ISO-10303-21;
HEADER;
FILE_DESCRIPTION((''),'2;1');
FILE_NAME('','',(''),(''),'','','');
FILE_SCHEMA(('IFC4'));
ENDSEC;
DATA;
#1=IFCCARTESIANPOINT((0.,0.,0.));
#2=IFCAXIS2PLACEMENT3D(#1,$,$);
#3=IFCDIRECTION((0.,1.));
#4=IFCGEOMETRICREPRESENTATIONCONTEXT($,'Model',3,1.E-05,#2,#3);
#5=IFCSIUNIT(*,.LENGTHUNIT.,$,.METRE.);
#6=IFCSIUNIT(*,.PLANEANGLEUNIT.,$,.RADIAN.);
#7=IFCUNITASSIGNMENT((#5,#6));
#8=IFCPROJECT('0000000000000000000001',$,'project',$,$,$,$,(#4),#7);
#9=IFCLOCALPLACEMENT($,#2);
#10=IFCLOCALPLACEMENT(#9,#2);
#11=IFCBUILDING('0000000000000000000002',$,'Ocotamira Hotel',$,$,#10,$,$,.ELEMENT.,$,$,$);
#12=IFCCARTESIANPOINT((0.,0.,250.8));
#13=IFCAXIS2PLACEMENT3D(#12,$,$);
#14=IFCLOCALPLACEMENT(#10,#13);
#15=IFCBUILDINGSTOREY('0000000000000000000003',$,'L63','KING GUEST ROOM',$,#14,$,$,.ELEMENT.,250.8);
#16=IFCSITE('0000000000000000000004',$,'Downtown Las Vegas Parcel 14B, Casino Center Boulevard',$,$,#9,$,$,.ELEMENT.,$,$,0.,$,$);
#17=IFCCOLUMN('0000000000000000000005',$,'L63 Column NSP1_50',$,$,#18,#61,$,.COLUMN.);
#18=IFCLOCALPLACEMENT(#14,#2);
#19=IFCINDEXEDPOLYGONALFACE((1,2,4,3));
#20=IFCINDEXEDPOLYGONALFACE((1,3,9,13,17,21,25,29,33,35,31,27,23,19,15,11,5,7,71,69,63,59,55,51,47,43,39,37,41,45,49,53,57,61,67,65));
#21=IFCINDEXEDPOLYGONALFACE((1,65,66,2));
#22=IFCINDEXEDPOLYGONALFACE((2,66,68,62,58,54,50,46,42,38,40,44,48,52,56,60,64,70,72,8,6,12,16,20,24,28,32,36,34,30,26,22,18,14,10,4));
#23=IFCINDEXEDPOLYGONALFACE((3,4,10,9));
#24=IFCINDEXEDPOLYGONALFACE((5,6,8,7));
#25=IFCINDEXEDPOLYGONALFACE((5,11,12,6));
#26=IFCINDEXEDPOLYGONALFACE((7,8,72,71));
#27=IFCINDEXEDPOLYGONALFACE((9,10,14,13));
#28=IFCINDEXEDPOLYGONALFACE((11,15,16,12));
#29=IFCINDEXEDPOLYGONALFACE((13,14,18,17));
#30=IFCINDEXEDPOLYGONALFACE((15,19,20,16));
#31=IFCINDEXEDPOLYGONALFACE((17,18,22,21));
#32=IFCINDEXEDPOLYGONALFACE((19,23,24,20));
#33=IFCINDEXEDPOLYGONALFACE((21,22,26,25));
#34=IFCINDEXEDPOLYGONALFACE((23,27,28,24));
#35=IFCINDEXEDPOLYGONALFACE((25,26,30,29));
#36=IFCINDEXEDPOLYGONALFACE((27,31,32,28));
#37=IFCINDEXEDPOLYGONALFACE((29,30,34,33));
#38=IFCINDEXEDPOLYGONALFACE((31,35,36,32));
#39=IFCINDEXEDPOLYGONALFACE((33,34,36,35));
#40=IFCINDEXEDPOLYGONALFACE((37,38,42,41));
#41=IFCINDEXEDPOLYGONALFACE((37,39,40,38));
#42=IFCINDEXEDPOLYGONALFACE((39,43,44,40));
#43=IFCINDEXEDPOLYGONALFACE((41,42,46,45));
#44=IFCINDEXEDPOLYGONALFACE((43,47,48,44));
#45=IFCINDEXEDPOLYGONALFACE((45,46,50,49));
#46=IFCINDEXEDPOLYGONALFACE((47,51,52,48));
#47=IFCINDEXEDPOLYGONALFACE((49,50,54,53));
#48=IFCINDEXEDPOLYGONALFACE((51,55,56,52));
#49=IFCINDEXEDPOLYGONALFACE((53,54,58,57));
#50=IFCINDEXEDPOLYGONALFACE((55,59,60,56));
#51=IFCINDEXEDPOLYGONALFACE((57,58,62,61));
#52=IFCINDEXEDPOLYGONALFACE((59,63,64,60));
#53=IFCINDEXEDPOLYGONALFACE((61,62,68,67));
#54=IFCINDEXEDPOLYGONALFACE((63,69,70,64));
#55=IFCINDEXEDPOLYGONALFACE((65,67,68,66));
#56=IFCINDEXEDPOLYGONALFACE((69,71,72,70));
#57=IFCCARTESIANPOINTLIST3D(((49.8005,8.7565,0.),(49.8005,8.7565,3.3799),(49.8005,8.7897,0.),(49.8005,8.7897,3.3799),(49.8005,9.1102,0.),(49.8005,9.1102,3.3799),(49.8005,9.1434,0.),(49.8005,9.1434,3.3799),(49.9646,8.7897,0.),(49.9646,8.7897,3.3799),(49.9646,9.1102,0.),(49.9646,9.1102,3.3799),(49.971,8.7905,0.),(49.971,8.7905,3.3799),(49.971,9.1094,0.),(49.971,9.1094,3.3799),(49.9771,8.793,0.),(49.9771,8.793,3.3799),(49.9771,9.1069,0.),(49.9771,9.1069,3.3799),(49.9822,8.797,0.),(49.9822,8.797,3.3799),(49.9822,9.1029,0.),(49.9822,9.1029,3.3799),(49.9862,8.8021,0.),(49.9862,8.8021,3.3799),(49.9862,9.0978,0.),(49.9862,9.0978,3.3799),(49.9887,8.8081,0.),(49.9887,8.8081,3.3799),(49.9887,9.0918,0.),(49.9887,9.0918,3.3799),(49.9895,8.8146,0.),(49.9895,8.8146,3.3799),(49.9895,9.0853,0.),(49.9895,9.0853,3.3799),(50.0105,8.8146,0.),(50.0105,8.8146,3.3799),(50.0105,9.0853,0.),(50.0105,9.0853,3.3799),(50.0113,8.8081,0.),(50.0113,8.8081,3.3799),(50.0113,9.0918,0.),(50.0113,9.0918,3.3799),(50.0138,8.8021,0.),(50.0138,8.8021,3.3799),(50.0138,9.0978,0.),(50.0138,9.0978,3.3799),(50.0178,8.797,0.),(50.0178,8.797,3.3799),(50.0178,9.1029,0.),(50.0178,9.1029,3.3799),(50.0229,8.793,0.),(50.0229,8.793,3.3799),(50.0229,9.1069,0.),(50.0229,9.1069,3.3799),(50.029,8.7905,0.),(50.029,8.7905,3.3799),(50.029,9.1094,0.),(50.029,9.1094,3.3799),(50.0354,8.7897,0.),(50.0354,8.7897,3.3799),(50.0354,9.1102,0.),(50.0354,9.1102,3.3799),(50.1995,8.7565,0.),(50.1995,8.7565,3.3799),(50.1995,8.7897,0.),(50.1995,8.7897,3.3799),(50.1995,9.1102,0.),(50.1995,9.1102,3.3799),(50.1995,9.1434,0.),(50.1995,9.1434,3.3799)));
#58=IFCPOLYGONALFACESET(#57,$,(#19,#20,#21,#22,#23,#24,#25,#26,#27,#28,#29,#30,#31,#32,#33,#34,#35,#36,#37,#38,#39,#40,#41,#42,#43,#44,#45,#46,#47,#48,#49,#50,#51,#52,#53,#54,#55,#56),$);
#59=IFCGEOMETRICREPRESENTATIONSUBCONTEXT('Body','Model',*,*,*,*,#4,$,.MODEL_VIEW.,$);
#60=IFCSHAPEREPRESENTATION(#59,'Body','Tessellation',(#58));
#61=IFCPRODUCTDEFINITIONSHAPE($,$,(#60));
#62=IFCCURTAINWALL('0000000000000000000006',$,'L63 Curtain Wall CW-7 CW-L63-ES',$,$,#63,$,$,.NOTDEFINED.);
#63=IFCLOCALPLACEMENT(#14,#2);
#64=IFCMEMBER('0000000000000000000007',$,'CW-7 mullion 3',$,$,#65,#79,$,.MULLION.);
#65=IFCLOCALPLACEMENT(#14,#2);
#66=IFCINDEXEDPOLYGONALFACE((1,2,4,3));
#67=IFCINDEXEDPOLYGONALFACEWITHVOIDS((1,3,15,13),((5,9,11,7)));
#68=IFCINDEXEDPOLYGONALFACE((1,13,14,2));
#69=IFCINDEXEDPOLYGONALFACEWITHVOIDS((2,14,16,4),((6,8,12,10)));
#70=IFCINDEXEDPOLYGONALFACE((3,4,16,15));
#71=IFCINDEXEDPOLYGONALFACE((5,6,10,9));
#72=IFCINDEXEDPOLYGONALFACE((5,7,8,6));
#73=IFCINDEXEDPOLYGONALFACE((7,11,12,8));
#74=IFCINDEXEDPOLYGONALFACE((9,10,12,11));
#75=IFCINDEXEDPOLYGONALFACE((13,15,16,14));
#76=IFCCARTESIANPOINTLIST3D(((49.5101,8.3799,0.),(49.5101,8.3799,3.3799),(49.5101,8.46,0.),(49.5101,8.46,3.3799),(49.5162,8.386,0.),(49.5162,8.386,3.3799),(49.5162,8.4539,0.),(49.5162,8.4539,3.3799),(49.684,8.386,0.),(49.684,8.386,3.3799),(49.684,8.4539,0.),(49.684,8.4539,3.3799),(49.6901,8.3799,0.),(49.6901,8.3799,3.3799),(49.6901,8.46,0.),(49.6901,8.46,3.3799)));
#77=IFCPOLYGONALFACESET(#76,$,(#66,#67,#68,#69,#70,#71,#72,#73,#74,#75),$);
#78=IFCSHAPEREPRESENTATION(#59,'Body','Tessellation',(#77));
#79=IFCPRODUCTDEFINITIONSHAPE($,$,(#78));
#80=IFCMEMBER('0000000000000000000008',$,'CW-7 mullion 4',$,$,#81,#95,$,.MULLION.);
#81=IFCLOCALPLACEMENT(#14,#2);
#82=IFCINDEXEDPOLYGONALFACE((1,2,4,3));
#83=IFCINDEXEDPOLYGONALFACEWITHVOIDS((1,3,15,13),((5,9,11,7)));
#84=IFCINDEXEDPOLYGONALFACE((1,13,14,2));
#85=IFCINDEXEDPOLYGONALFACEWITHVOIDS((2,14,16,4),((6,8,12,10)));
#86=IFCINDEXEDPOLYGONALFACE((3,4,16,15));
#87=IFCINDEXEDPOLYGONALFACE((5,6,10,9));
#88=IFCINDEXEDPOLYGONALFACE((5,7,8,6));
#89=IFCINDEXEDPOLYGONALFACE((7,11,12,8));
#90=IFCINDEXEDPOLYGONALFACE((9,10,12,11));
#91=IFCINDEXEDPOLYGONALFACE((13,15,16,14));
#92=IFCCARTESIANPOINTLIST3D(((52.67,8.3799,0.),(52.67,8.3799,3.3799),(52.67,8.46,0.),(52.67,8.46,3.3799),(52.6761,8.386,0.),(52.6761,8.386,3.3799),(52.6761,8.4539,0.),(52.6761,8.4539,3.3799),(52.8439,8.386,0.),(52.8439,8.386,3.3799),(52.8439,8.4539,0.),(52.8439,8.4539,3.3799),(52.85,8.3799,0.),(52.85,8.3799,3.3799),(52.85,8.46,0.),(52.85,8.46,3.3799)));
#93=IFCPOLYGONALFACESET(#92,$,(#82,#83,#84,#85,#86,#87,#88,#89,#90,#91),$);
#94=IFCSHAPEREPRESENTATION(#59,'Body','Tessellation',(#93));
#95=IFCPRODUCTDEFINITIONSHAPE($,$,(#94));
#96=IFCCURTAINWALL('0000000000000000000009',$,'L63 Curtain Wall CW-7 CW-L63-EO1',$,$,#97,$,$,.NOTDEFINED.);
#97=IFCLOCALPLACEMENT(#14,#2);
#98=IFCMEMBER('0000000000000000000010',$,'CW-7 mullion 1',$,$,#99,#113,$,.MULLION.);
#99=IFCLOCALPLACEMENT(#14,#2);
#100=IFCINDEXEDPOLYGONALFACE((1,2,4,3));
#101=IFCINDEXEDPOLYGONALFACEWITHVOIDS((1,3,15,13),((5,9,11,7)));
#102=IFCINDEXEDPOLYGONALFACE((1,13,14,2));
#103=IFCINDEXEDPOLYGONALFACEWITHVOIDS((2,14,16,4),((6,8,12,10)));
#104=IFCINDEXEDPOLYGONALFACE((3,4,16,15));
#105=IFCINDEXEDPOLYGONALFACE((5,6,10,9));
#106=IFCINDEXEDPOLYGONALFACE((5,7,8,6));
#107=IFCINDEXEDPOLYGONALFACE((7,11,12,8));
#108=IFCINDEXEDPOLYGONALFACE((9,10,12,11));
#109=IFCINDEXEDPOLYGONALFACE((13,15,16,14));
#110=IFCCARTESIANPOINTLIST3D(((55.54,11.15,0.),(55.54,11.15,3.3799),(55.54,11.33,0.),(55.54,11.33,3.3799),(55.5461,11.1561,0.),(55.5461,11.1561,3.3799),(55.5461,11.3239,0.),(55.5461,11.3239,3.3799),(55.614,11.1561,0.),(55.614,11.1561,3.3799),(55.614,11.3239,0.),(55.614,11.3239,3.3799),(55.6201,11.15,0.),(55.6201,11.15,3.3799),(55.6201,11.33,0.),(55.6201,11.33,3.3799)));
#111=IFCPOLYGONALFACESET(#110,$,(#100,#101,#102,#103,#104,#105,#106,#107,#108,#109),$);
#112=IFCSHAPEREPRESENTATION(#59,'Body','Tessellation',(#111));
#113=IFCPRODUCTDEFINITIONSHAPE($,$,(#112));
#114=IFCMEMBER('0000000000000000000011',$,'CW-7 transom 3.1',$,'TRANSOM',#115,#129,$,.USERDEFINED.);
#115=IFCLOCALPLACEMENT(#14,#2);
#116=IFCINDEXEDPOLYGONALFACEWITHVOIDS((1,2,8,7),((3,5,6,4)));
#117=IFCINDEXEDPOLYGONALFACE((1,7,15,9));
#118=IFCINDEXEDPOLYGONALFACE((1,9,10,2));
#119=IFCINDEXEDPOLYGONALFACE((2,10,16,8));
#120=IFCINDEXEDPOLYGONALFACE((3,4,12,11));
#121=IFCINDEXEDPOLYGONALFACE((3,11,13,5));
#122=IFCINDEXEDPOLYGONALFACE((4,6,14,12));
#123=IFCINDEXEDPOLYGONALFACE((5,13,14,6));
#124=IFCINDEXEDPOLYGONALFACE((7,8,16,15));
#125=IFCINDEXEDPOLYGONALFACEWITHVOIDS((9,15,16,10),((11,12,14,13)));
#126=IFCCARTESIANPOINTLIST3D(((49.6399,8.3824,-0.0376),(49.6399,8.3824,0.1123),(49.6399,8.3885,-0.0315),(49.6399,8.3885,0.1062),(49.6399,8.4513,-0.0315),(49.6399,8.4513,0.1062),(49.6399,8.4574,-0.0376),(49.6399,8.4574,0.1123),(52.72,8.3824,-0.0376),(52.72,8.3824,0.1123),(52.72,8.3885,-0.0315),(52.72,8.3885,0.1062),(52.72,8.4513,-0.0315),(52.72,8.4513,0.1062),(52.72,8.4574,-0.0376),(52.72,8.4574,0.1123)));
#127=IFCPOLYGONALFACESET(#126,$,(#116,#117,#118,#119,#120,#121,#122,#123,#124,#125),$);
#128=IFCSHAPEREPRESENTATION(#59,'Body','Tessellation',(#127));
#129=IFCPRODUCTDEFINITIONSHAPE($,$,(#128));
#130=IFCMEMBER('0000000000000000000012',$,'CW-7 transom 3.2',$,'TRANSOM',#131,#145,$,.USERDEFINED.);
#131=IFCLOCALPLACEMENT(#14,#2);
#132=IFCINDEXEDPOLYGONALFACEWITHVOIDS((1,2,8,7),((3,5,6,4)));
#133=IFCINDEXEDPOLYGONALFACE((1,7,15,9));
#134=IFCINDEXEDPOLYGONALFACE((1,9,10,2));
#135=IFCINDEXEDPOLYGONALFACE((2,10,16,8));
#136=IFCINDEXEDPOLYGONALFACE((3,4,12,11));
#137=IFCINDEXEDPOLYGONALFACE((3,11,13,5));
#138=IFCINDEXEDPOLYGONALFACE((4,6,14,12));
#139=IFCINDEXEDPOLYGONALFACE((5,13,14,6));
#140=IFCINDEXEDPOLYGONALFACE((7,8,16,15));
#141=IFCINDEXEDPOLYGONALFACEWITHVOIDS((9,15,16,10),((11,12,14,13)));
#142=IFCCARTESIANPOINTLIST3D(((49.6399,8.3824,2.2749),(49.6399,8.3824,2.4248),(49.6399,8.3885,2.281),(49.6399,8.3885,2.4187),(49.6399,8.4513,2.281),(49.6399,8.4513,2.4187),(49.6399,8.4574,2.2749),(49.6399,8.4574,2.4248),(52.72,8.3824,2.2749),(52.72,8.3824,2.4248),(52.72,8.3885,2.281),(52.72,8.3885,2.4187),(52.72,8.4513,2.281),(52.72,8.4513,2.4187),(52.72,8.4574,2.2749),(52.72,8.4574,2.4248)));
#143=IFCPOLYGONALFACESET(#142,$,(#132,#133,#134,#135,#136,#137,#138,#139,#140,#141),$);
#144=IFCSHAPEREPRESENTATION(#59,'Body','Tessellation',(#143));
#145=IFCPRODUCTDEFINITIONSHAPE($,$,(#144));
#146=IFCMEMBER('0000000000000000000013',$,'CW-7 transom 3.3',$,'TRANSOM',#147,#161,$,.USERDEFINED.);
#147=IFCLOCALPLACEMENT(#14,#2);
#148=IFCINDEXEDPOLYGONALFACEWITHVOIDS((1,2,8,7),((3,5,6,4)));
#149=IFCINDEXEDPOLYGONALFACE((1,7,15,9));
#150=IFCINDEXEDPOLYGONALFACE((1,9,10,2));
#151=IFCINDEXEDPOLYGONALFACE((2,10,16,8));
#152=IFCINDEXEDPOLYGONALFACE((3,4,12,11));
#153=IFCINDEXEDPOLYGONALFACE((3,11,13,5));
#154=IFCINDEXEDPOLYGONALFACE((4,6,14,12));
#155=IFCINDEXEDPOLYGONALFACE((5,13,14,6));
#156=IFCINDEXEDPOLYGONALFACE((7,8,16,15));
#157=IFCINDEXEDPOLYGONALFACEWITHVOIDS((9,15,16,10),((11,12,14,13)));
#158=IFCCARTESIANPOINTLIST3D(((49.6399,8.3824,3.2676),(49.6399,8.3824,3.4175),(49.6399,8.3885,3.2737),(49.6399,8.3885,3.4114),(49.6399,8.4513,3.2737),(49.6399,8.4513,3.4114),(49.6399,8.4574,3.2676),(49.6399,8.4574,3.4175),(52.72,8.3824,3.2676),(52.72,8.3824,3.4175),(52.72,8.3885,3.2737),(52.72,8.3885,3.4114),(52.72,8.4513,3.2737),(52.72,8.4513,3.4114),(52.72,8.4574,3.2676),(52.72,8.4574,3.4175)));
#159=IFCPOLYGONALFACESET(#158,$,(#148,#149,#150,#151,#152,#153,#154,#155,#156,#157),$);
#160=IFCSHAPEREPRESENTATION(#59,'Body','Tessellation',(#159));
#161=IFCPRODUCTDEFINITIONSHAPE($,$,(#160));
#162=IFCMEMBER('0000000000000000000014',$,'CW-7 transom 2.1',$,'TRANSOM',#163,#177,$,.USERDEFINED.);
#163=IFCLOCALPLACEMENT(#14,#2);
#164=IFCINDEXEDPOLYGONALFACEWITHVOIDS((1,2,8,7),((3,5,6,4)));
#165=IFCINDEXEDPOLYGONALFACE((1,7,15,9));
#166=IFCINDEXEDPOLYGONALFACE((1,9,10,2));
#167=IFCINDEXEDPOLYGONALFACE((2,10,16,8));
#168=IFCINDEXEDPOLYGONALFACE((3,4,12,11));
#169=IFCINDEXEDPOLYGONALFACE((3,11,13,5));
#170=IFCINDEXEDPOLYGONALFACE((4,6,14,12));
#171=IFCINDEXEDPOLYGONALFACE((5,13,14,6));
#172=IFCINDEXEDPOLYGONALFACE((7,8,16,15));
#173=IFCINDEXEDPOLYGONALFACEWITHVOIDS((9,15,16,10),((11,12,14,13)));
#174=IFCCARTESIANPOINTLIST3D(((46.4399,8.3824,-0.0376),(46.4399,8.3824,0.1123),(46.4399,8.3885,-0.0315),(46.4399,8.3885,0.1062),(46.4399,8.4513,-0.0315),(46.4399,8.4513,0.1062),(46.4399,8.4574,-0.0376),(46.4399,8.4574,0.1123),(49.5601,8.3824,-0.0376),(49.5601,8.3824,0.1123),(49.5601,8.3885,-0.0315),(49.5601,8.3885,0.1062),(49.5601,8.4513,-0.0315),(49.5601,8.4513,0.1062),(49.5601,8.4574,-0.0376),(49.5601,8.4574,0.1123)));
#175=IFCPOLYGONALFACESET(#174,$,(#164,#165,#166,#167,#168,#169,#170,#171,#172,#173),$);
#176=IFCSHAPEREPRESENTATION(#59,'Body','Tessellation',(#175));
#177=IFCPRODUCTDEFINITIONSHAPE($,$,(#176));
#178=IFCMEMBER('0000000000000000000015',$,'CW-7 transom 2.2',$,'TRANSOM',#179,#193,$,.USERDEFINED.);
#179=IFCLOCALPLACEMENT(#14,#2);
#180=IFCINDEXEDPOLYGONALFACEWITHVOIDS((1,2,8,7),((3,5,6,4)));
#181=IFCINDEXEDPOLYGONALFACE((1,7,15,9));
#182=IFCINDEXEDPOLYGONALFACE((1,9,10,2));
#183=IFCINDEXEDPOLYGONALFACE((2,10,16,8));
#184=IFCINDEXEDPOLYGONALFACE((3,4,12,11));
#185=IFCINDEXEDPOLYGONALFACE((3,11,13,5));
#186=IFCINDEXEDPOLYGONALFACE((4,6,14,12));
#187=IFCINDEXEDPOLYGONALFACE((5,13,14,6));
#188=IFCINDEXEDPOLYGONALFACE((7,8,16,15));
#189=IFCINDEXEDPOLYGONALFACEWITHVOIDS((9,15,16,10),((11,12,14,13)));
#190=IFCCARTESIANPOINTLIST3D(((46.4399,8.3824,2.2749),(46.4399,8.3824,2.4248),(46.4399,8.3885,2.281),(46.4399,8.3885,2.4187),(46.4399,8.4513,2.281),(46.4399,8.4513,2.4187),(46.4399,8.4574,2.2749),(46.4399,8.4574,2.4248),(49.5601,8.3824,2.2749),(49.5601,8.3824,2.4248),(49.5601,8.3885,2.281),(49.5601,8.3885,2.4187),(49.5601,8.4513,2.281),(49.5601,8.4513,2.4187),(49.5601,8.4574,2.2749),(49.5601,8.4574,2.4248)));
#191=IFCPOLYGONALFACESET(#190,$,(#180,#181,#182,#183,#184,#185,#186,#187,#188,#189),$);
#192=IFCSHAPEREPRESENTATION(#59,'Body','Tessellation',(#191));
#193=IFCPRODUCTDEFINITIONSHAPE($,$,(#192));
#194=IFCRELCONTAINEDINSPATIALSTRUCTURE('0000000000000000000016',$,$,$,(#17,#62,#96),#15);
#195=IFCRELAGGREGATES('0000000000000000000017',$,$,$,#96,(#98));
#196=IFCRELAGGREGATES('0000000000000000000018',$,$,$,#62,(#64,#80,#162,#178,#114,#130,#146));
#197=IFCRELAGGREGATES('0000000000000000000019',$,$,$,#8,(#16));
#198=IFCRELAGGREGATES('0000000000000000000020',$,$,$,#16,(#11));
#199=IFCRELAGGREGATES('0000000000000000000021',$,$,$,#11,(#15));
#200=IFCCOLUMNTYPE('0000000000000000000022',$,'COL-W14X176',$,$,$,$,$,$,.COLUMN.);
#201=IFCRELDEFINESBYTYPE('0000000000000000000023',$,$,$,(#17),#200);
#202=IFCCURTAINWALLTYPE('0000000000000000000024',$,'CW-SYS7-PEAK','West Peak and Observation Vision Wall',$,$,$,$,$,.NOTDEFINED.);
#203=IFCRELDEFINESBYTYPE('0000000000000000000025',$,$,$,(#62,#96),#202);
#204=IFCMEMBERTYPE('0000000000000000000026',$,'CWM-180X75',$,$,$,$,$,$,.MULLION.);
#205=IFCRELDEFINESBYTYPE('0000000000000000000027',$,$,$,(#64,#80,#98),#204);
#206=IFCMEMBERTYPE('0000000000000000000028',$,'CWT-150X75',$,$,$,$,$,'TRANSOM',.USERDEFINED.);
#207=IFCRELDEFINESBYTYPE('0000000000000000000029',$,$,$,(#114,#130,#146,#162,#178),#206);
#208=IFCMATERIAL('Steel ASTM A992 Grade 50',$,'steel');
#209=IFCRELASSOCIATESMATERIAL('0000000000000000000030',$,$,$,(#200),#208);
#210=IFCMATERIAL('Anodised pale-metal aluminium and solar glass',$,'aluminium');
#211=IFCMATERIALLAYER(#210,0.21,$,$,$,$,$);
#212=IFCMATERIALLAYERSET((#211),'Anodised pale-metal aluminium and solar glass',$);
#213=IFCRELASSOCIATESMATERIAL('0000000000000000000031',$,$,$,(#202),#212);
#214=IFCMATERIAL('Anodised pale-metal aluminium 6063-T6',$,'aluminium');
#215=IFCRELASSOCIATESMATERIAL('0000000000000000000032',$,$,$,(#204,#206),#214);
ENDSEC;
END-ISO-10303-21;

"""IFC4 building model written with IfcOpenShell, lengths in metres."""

from ifc_helpers import new_model, si_unit, direction, frame, origin, origin_2d, place, context, subcontext, project, spatial, hollow_rectangle, i_section, extrude, source, transform, mapped, material, layer, layer_set, material_profile, profile_set, type_object, element, aggregate, save


model = new_model("IFC4")

# Units and contexts
model_context = context("Model", 3, precision=1e-05, world=origin(), true_north=direction((0.0, 1.0)))
body_context = subcontext(model_context, "Body", "Model", "MODEL_VIEW")
ifc_project = project(units=[si_unit("LENGTHUNIT", "METRE"), si_unit("PLANEANGLEUNIT", "RADIAN")], contexts=[model_context])

# Site, building, storey
site_placement = place(None, origin())
site = spatial("IfcSite", under=ifc_project, at=site_placement, Name="Downtown Las Vegas Parcel 14B, Casino Center Boulevard", CompositionType="ELEMENT", RefElevation=0.0)
building_placement = place(site_placement, origin())
building = spatial("IfcBuilding", under=site, at=building_placement, Name="Ocotamira Hotel", CompositionType="ELEMENT")
storey_placement = place(building_placement, frame((0.0, 0.0, 250.8)))
storey = spatial("IfcBuildingStorey", under=building, at=storey_placement, Name="L63", Description="KING GUEST ROOM", CompositionType="ELEMENT", Elevation=250.8)

# Column
ifc_material_1 = material(Name="Steel ASTM A992 Grade 50", Category="steel")
ifc_material_profile_1 = material_profile(ifc_material_1, i_section(OverallWidth=0.3989, OverallDepth=0.387, WebThickness=0.021, FlangeThickness=0.0332, FilletRadius=0.0249, at=origin_2d()), Name="W14X176")
ifc_profile_set_1 = profile_set([ifc_material_profile_1], Name="Steel ASTM A992 Grade 50")
column_type = type_object("IfcColumnType", Name="COL-W14X176", PredefinedType="COLUMN", material=ifc_profile_set_1)
shared_shape_1 = source(origin(), body_context, "Body", "SweptSolid", [
    extrude(i_section(OverallWidth=0.3989, OverallDepth=0.387, WebThickness=0.021, FlangeThickness=0.0332, FilletRadius=0.0249, at=origin_2d()), origin(), (0.0, 0.0, 1.0), 3.3799),
])
column_placement = place(storey_placement, frame((50.0, 8.95, 0.0), z_axis=(0.0, 0.0, 1.0), x_axis=(1.0, 0.0, 0.0)))
element("IfcColumn", 1, at=column_placement, inside=storey, type_object=column_type, Name="L63 Column NSP1_50", PredefinedType="COLUMN", context=body_context, shape_type="MappedRepresentation", body=[
    mapped(shared_shape_1, transform((0.0, 0.0, 0.0), scale=1.0)),
])

# Curtain wall, members
ifc_material_2 = material(Name="Anodised pale-metal aluminium and solar glass", Category="aluminium")
ifc_layer_1 = layer(ifc_material_2, 0.21)
ifc_layer_set_1 = layer_set([ifc_layer_1], Name="Anodised pale-metal aluminium and solar glass")
curtain_wall_type = type_object("IfcCurtainWallType", Name="CW-SYS7-PEAK", Description="West Peak and Observation Vision Wall", PredefinedType="NOTDEFINED", material=ifc_layer_set_1)
curtain_wall_1_placement = place(storey_placement, origin())
curtain_wall_1 = element("IfcCurtainWall", 2, at=curtain_wall_1_placement, inside=storey, type_object=curtain_wall_type, Name="L63 Curtain Wall CW-7 CW-L63-ES", PredefinedType="NOTDEFINED")
ifc_material_3 = material(Name="Anodised pale-metal aluminium 6063-T6", Category="aluminium")
ifc_material_profile_2 = material_profile(ifc_material_3, hollow_rectangle(XDim=0.0801, YDim=0.1799, WallThickness=0.0061, at=origin_2d()), Name="HSS180X80X6")
ifc_profile_set_2 = profile_set([ifc_material_profile_2], Name="Anodised pale-metal aluminium 6063-T6")
member_type_1 = type_object("IfcMemberType", Name="CWM-180X75", PredefinedType="MULLION", material=ifc_profile_set_2)
shared_shape_2 = source(origin(), body_context, "Body", "SweptSolid", [
    extrude(hollow_rectangle(XDim=0.0801, YDim=0.1799, WallThickness=0.0061, at=origin_2d()), origin(), (0.0, 0.0, 1.0), 3.3799),
])
member_1_placement = place(storey_placement, frame((49.6001, 8.4199, 0.0), z_axis=(0.0, 0.0, 1.0), x_axis=(0.0, 1.0, 0.0)))
member_1 = element("IfcMember", 3, at=member_1_placement, type_object=member_type_1, Name="CW-7 mullion 3", PredefinedType="MULLION", context=body_context, shape_type="MappedRepresentation", body=[
    mapped(shared_shape_2, transform((0.0, 0.0, 0.0), scale=1.0)),
])
member_2_placement = place(storey_placement, frame((52.76, 8.4199, 0.0), z_axis=(0.0, 0.0, 1.0), x_axis=(0.0, 1.0, 0.0)))
member_2 = element("IfcMember", 4, at=member_2_placement, type_object=member_type_1, Name="CW-7 mullion 4", PredefinedType="MULLION", context=body_context, shape_type="MappedRepresentation", body=[
    mapped(shared_shape_2, transform((0.0, 0.0, 0.0), scale=1.0)),
])

# Curtain wall, member
curtain_wall_2_placement = place(storey_placement, origin())
curtain_wall_2 = element("IfcCurtainWall", 5, at=curtain_wall_2_placement, inside=storey, type_object=curtain_wall_type, Name="L63 Curtain Wall CW-7 CW-L63-EO1", PredefinedType="NOTDEFINED")
member_3_placement = place(storey_placement, frame((55.5801, 11.24, 0.0), z_axis=(0.0, 0.0, 1.0), x_axis=(-1.0, 0.0, 0.0)))
member_3 = element("IfcMember", 6, at=member_3_placement, type_object=member_type_1, Name="CW-7 mullion 1", PredefinedType="MULLION", context=body_context, shape_type="MappedRepresentation", body=[
    mapped(shared_shape_2, transform((0.0, 0.0, 0.0), scale=1.0)),
])

# Members
ifc_material_profile_3 = material_profile(ifc_material_3, hollow_rectangle(XDim=0.075, YDim=0.1499, WallThickness=0.0061, at=origin_2d()), Name="HSS150X75X6")
ifc_profile_set_3 = profile_set([ifc_material_profile_3], Name="Anodised pale-metal aluminium 6063-T6")
member_type_2 = type_object("IfcMemberType", Name="CWT-150X75", ElementType="TRANSOM", PredefinedType="USERDEFINED", material=ifc_profile_set_3)
shared_shape_3 = source(origin(), body_context, "Body", "SweptSolid", [
    extrude(hollow_rectangle(XDim=0.075, YDim=0.1499, WallThickness=0.0061, at=origin_2d()), origin(), (0.0, 0.0, 1.0), 3.0801),
])
member_4_placement = place(storey_placement, frame((49.6399, 8.4199, 0.0374), z_axis=(1.0, 0.0, 0.0), x_axis=(0.0, 1.0, 0.0)))
member_4 = element("IfcMember", 7, at=member_4_placement, type_object=member_type_2, Name="CW-7 transom 3.1", ObjectType="TRANSOM", PredefinedType="USERDEFINED", context=body_context, shape_type="MappedRepresentation", body=[
    mapped(shared_shape_3, transform((0.0, 0.0, 0.0), scale=1.0)),
])
member_5_placement = place(storey_placement, frame((49.6399, 8.4199, 2.3499), z_axis=(1.0, 0.0, 0.0), x_axis=(0.0, 1.0, 0.0)))
member_5 = element("IfcMember", 8, at=member_5_placement, type_object=member_type_2, Name="CW-7 transom 3.2", ObjectType="TRANSOM", PredefinedType="USERDEFINED", context=body_context, shape_type="MappedRepresentation", body=[
    mapped(shared_shape_3, transform((0.0, 0.0, 0.0), scale=1.0)),
])
member_6_placement = place(storey_placement, frame((49.6399, 8.4199, 3.3425), z_axis=(1.0, 0.0, 0.0), x_axis=(0.0, 1.0, 0.0)))
member_6 = element("IfcMember", 9, at=member_6_placement, type_object=member_type_2, Name="CW-7 transom 3.3", ObjectType="TRANSOM", PredefinedType="USERDEFINED", context=body_context, shape_type="MappedRepresentation", body=[
    mapped(shared_shape_3, transform((0.0, 0.0, 0.0), scale=1.0)),
])
shared_shape_4 = source(origin(), body_context, "Body", "SweptSolid", [
    extrude(hollow_rectangle(XDim=0.075, YDim=0.1499, WallThickness=0.0061, at=origin_2d()), origin(), (0.0, 0.0, 1.0), 3.1201),
])
member_7_placement = place(storey_placement, frame((46.4399, 8.4199, 0.0374), z_axis=(1.0, 0.0, 0.0), x_axis=(0.0, 1.0, 0.0)))
member_7 = element("IfcMember", 10, at=member_7_placement, type_object=member_type_2, Name="CW-7 transom 2.1", ObjectType="TRANSOM", PredefinedType="USERDEFINED", context=body_context, shape_type="MappedRepresentation", body=[
    mapped(shared_shape_4, transform((0.0, 0.0, 0.0), scale=1.0)),
])
member_8_placement = place(storey_placement, frame((46.4399, 8.4199, 2.3499), z_axis=(1.0, 0.0, 0.0), x_axis=(0.0, 1.0, 0.0)))
member_8 = element("IfcMember", 11, at=member_8_placement, type_object=member_type_2, Name="CW-7 transom 2.2", ObjectType="TRANSOM", PredefinedType="USERDEFINED", context=body_context, shape_type="MappedRepresentation", body=[
    mapped(shared_shape_4, transform((0.0, 0.0, 0.0), scale=1.0)),
])
aggregate(curtain_wall_2, [member_3])

aggregate(curtain_wall_1, [member_1, member_2, member_7, member_8, member_4, member_5, member_6])

save(model, "model.ifc")
